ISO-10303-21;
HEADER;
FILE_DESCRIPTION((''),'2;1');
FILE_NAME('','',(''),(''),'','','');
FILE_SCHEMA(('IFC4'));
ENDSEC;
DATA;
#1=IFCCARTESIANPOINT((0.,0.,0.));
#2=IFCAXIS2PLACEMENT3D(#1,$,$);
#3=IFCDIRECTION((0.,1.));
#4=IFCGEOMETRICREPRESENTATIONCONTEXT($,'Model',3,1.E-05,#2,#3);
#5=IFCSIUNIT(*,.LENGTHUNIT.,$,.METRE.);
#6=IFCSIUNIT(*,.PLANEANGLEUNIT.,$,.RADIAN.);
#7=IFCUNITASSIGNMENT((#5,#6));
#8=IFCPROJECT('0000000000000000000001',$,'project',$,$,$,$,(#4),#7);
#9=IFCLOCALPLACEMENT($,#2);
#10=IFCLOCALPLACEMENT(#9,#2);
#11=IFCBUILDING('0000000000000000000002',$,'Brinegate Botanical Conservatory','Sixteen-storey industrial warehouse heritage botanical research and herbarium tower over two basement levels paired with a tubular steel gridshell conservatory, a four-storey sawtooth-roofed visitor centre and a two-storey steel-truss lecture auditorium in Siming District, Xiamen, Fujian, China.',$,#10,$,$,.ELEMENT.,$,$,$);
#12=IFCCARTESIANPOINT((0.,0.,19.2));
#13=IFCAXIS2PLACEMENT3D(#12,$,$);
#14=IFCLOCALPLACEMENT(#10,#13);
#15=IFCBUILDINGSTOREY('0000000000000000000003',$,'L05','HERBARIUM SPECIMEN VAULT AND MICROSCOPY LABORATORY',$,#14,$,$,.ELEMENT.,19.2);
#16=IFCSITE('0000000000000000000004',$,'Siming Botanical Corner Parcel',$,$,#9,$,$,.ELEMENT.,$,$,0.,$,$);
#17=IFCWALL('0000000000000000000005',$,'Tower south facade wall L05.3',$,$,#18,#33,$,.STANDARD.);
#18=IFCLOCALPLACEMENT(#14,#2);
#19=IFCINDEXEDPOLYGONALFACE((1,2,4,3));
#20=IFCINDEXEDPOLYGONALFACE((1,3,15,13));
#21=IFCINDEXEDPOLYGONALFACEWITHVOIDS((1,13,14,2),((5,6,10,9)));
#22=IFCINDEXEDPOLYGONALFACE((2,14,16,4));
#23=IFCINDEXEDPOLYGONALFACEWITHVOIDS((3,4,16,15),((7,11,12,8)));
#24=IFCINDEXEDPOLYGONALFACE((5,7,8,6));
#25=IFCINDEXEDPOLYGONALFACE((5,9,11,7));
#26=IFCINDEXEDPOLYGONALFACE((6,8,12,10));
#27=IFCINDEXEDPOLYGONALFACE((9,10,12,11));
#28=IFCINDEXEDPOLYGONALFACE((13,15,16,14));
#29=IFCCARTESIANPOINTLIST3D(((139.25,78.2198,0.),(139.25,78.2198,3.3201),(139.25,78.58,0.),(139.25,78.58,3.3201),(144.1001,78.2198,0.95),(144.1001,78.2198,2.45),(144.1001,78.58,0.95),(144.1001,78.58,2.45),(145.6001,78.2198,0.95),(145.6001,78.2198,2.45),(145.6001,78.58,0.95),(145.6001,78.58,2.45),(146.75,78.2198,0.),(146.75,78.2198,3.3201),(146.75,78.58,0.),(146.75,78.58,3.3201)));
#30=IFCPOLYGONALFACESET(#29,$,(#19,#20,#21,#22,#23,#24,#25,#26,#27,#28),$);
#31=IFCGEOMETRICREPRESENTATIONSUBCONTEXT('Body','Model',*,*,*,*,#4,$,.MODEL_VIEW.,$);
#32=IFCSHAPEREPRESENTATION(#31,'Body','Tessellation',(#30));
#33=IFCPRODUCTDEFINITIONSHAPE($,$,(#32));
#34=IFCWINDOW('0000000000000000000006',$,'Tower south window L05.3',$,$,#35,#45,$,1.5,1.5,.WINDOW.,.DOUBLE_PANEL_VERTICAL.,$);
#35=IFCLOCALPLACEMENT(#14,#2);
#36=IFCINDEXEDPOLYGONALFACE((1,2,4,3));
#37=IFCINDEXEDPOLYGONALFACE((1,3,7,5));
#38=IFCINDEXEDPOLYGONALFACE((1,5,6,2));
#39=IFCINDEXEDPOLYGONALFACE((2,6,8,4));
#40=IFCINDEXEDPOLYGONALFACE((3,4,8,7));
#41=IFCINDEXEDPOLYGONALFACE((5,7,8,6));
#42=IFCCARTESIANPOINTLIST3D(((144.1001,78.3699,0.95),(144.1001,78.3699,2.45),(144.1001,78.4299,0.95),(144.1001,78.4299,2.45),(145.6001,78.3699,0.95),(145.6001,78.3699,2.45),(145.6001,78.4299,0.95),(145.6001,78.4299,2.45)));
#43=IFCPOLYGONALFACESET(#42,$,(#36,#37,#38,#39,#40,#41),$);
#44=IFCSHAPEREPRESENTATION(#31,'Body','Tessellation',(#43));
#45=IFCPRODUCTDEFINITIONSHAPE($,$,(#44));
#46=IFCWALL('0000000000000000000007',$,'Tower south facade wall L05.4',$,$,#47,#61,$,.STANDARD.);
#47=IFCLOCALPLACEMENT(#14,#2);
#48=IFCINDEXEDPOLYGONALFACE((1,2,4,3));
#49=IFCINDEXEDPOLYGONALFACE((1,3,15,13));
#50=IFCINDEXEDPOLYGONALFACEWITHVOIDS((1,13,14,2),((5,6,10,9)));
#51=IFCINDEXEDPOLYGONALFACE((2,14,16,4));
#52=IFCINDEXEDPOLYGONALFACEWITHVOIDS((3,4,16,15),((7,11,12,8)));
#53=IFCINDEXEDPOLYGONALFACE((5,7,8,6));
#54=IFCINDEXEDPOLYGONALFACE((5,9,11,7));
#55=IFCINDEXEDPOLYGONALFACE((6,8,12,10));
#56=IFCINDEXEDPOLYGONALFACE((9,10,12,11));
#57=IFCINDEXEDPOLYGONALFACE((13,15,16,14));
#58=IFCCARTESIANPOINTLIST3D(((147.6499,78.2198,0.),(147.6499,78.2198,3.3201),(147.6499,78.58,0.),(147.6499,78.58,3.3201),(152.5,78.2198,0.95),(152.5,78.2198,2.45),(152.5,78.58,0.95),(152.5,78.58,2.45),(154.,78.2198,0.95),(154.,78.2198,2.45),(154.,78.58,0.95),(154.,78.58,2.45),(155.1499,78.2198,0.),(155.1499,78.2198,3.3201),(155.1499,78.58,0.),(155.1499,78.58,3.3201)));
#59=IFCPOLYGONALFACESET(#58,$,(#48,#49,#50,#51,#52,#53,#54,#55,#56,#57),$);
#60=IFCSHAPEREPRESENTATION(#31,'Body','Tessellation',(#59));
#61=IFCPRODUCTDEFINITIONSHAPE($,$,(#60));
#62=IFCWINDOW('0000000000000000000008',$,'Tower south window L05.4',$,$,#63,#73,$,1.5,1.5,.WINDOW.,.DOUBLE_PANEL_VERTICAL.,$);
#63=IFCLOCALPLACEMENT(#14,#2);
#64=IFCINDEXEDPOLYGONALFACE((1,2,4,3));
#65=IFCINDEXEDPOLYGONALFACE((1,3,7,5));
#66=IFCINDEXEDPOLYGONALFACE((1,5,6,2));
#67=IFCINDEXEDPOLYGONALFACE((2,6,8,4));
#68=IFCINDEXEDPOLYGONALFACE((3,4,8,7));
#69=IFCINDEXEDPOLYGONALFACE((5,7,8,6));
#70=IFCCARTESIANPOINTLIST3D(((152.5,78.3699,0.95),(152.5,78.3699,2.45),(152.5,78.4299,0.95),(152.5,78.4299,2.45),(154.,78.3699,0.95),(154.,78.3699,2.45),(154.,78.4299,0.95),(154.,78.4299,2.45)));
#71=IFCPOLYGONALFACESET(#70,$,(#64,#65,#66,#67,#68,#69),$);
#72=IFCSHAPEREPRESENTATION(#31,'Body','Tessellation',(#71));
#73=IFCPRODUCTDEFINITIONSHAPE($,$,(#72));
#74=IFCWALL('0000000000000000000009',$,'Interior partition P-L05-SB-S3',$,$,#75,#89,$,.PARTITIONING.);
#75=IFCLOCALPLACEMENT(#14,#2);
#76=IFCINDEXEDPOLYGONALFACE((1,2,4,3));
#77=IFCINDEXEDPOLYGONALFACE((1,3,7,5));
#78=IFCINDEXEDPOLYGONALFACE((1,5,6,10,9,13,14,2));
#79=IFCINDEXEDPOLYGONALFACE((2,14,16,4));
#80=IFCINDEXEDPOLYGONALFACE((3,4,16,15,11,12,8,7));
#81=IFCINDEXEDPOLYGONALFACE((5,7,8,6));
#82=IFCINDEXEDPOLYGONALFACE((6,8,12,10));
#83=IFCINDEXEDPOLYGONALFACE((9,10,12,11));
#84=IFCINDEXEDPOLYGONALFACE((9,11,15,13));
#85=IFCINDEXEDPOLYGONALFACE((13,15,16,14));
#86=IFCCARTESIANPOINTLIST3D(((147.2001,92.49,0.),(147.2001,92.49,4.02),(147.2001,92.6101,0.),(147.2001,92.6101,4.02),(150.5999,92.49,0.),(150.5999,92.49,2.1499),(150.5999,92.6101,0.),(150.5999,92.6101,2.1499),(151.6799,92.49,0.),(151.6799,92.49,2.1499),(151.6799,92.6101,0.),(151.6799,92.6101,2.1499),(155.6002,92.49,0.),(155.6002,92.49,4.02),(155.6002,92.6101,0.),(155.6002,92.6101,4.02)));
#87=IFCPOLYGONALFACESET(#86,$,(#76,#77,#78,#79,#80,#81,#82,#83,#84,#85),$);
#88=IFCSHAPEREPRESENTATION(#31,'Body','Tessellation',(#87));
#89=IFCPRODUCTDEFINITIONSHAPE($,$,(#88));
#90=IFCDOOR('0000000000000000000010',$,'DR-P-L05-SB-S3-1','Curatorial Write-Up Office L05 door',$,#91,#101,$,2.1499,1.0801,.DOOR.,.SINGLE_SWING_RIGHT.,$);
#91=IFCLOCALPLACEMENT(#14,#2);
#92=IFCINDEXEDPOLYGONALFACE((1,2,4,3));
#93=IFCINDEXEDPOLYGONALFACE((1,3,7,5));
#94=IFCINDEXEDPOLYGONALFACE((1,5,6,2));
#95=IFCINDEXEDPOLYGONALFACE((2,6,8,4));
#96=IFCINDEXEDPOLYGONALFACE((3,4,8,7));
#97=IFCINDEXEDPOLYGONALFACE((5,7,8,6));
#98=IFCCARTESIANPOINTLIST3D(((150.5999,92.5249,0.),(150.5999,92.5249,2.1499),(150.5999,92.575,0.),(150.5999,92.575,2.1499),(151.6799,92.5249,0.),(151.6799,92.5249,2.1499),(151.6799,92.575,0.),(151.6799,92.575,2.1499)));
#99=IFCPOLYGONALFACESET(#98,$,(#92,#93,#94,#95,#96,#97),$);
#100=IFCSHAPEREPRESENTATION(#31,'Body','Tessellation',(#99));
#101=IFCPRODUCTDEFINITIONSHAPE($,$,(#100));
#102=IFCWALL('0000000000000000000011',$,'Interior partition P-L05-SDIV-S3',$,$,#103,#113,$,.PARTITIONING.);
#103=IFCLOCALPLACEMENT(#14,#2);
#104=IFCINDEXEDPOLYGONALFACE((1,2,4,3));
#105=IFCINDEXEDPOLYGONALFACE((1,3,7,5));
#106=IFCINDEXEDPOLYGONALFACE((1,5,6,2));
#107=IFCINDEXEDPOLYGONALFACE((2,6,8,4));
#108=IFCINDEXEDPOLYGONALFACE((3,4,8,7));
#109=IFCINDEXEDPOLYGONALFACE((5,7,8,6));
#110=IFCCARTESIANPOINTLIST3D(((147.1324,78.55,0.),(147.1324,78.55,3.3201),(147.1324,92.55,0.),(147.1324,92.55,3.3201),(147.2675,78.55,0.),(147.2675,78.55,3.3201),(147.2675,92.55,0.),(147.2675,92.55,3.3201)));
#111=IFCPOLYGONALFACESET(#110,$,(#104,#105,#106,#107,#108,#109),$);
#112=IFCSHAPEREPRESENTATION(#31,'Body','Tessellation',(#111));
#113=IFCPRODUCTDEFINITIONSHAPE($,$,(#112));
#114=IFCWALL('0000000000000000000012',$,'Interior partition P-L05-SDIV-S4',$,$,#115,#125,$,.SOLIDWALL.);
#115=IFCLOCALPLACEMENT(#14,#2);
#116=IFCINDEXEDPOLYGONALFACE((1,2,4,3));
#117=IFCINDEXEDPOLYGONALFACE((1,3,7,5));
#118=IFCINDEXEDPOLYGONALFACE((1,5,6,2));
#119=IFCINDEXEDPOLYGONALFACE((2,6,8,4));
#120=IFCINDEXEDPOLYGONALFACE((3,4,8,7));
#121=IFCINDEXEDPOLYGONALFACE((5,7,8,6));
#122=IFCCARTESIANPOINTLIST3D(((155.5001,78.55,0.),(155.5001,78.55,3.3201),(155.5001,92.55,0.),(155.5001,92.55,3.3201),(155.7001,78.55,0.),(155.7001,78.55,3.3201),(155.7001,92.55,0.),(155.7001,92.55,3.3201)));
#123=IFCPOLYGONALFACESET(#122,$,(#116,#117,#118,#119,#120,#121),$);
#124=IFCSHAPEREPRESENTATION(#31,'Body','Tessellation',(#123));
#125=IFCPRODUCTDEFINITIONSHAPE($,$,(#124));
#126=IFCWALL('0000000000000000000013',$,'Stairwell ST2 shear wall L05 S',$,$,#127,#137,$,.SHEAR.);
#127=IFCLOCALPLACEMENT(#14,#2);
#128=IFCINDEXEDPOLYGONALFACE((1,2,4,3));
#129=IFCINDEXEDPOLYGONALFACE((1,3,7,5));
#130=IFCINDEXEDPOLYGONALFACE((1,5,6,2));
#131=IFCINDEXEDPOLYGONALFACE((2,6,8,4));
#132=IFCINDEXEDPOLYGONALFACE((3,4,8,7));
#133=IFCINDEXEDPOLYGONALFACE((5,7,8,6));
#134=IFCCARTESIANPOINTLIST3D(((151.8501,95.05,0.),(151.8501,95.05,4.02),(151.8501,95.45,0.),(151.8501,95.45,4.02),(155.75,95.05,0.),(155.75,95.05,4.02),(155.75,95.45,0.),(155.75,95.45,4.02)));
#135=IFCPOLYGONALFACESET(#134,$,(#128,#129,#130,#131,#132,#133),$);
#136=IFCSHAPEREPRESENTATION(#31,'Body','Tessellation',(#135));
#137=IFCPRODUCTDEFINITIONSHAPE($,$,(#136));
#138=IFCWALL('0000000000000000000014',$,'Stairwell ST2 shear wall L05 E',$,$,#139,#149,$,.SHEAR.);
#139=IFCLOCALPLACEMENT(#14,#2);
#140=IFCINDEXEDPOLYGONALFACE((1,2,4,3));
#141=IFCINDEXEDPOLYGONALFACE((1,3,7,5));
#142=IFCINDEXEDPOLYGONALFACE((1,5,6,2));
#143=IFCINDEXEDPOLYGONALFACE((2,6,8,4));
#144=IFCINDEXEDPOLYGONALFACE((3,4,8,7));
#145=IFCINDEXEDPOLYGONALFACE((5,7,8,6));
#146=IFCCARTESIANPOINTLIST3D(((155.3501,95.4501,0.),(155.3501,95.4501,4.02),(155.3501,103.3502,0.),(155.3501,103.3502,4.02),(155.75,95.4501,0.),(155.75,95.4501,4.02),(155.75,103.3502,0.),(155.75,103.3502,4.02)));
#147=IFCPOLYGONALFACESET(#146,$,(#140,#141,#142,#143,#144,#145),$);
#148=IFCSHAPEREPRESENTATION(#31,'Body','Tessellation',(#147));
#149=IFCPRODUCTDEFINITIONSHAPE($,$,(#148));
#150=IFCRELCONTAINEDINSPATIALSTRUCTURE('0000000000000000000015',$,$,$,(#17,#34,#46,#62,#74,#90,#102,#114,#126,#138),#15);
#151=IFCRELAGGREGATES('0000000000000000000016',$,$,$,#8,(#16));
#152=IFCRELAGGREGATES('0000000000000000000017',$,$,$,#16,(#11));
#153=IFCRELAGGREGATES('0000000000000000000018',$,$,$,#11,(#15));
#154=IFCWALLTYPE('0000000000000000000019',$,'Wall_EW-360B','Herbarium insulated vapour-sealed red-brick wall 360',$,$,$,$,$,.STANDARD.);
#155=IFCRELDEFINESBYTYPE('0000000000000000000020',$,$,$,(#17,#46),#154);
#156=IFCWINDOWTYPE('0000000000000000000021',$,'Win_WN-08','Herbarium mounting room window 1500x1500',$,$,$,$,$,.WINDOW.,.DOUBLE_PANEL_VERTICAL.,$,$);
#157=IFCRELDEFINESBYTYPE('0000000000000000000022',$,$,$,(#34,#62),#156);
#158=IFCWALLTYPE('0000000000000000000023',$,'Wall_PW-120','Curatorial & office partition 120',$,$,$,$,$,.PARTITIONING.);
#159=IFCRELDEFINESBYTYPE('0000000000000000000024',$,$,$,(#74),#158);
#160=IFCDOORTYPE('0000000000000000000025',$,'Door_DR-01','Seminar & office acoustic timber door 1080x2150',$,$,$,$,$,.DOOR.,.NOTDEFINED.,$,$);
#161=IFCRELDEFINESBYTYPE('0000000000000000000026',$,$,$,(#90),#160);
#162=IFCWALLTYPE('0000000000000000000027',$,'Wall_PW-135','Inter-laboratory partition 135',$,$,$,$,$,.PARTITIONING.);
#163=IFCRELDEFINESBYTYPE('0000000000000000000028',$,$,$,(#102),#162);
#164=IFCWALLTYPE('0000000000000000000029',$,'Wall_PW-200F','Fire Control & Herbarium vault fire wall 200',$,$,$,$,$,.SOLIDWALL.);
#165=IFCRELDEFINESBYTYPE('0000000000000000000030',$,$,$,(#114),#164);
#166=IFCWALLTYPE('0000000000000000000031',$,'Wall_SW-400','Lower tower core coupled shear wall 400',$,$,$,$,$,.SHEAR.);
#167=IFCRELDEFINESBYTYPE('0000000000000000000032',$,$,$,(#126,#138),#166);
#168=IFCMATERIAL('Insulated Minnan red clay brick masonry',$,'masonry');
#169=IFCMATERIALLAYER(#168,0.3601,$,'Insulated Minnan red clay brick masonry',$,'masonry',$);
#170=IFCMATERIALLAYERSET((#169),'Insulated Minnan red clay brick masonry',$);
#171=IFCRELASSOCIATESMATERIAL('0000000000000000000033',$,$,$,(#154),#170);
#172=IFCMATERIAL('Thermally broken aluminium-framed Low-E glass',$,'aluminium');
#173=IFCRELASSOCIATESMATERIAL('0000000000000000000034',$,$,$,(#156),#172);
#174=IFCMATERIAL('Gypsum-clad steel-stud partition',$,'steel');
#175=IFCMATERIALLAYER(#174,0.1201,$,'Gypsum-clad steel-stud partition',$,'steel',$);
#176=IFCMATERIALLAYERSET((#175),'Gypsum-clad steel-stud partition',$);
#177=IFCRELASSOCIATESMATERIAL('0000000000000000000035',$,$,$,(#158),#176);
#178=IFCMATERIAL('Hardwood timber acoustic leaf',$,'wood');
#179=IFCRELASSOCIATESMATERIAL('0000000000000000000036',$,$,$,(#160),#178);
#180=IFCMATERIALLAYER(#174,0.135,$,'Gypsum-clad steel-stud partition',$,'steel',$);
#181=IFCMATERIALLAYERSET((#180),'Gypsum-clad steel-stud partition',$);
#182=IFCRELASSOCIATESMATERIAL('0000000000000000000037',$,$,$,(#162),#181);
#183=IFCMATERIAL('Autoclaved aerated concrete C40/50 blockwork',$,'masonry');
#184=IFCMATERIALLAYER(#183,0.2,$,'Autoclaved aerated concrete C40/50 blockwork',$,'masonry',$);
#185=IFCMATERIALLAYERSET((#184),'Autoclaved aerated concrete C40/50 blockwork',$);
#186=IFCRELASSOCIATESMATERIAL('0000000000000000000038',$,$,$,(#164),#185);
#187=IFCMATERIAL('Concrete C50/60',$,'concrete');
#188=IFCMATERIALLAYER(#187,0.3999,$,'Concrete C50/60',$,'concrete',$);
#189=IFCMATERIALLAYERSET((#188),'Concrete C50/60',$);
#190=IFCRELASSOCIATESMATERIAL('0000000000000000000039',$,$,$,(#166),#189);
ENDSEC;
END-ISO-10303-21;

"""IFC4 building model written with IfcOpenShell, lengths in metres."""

from ifc_helpers import new_model, si_unit, direction, frame, frame_2d, origin, place, context, subcontext, project, spatial, rectangle, extrude, material, layer, layer_set, type_object, element, fill, save


model = new_model("IFC4")

# Units and contexts
model_context = context("Model", 3, precision=1e-05, world=origin(), true_north=direction((0.0, 1.0)))
body_context = subcontext(model_context, "Body", "Model", "MODEL_VIEW")
ifc_project = project(units=[si_unit("LENGTHUNIT", "METRE"), si_unit("PLANEANGLEUNIT", "RADIAN")], contexts=[model_context])

# Site, building, storey
site_placement = place(None, origin())
site = spatial("IfcSite", under=ifc_project, at=site_placement, Name="Siming Botanical Corner Parcel", CompositionType="ELEMENT", RefElevation=0.0)
building_placement = place(site_placement, origin())
building = spatial("IfcBuilding", under=site, at=building_placement, Name="Brinegate Botanical Conservatory", Description="Sixteen-storey industrial warehouse heritage botanical research and herbarium tower over two basement levels paired with a tubular steel gridshell conservatory, a four-storey sawtooth-roofed visitor centre and a two-storey steel-truss lecture auditorium in Siming District, Xiamen, Fujian, China.", CompositionType="ELEMENT")
storey_placement = place(building_placement, frame((0.0, 0.0, 19.2)))
storey = spatial("IfcBuildingStorey", under=building, at=storey_placement, Name="L05", Description="HERBARIUM SPECIMEN VAULT AND MICROSCOPY LABORATORY", CompositionType="ELEMENT", Elevation=19.2)

# Shared definitions
ifc_material_1 = material(Name="Concrete C50/60", Category="concrete")

# Walls, openings, windows
ifc_material_2 = material(Name="Insulated Minnan red clay brick masonry", Category="masonry")
ifc_layer_1 = layer(ifc_material_2, 0.3601, Name="Insulated Minnan red clay brick masonry", Category="masonry")
ifc_layer_set_1 = layer_set([ifc_layer_1], Name="Insulated Minnan red clay brick masonry")
wall_type_1 = type_object("IfcWallType", Name="Wall_EW-360B", Description="Herbarium insulated vapour-sealed red-brick wall 360", PredefinedType="STANDARD", material=ifc_layer_set_1)
wall_1_placement = place(storey_placement, frame((146.75, 78.3999, 0.0), z_axis=(0.0, 0.0, 1.0), x_axis=(-1.0, 0.0, 0.0)))
wall_1 = element("IfcWall", 1, at=wall_1_placement, inside=storey, type_object=wall_type_1, Name="Tower south facade wall L05.3", PredefinedType="STANDARD", context=body_context, shape_type="SweptSolid", body=[
    extrude(rectangle(XDim=7.5, YDim=0.3601, at=frame_2d((3.75, 0.0))), origin(), (0.0, 0.0, 1.0), 3.3201),
])
opening_1_placement = place(wall_1_placement, frame((1.1499, 0.0, 0.95)))
opening_1 = element("IfcOpeningElement", 2, at=opening_1_placement, cuts=wall_1, PredefinedType="OPENING", context=body_context, shape_type="SweptSolid", body=[
    extrude(rectangle(XDim=1.5, YDim=1.5, at=frame_2d((0.75, 0.75))), frame((0.0, 0.1899, 0.0), z_axis=(0.0, -1.0, 0.0), x_axis=(1.0, 0.0, 0.0)), (0.0, 0.0, 1.0), 0.3801),
])
ifc_material_3 = material(Name="Thermally broken aluminium-framed Low-E glass", Category="aluminium")
window_type = type_object("IfcWindowType", Name="Win_WN-08", Description="Herbarium mounting room window 1500x1500", PartitioningType="DOUBLE_PANEL_VERTICAL", PredefinedType="WINDOW", material=ifc_material_3)
window_1_placement = place(opening_1_placement, origin())
window_1 = element("IfcWindow", 3, at=window_1_placement, inside=storey, type_object=window_type, Name="Tower south window L05.3", OverallHeight=1.5, OverallWidth=1.5, PartitioningType="DOUBLE_PANEL_VERTICAL", PredefinedType="WINDOW", context=body_context, shape_type="SweptSolid", body=[
    extrude(rectangle(XDim=1.5, YDim=1.5, at=frame_2d((0.75, 0.75))), frame((0.0, 0.03, 0.0), z_axis=(0.0, -1.0, 0.0), x_axis=(1.0, 0.0, 0.0)), (0.0, 0.0, 1.0), 0.0601),
])
fill(opening_1, window_1)
wall_2_placement = place(storey_placement, frame((155.1499, 78.3999, 0.0), z_axis=(0.0, 0.0, 1.0), x_axis=(-1.0, 0.0, 0.0)))
wall_2 = element("IfcWall", 4, at=wall_2_placement, inside=storey, type_object=wall_type_1, Name="Tower south facade wall L05.4", PredefinedType="STANDARD", context=body_context, shape_type="SweptSolid", body=[
    extrude(rectangle(XDim=7.5, YDim=0.3601, at=frame_2d((3.75, 0.0))), origin(), (0.0, 0.0, 1.0), 3.3201),
])
opening_2_placement = place(wall_2_placement, frame((1.1499, 0.0, 0.95)))
opening_2 = element("IfcOpeningElement", 5, at=opening_2_placement, cuts=wall_2, PredefinedType="OPENING", context=body_context, shape_type="SweptSolid", body=[
    extrude(rectangle(XDim=1.5, YDim=1.5, at=frame_2d((0.75, 0.75))), frame((0.0, 0.1899, 0.0), z_axis=(0.0, -1.0, 0.0), x_axis=(1.0, 0.0, 0.0)), (0.0, 0.0, 1.0), 0.3801),
])
window_2_placement = place(opening_2_placement, origin())
window_2 = element("IfcWindow", 6, at=window_2_placement, inside=storey, type_object=window_type, Name="Tower south window L05.4", OverallHeight=1.5, OverallWidth=1.5, PartitioningType="DOUBLE_PANEL_VERTICAL", PredefinedType="WINDOW", context=body_context, shape_type="SweptSolid", body=[
    extrude(rectangle(XDim=1.5, YDim=1.5, at=frame_2d((0.75, 0.75))), frame((0.0, 0.03, 0.0), z_axis=(0.0, -1.0, 0.0), x_axis=(1.0, 0.0, 0.0)), (0.0, 0.0, 1.0), 0.0601),
])
fill(opening_2, window_2)

# Wall, opening, door
ifc_material_4 = material(Name="Gypsum-clad steel-stud partition", Category="steel")
ifc_layer_2 = layer(ifc_material_4, 0.1201, Name="Gypsum-clad steel-stud partition", Category="steel")
ifc_layer_set_2 = layer_set([ifc_layer_2], Name="Gypsum-clad steel-stud partition")
wall_type_2 = type_object("IfcWallType", Name="Wall_PW-120", Description="Curatorial & office partition 120", PredefinedType="PARTITIONING", material=ifc_layer_set_2)
wall_3_placement = place(storey_placement, frame((147.2, 92.55, 0.0), z_axis=(0.0, 0.0, 1.0), x_axis=(1.0, 0.0, 0.0)))
wall_3 = element("IfcWall", 7, at=wall_3_placement, inside=storey, type_object=wall_type_2, Name="Interior partition P-L05-SB-S3", PredefinedType="PARTITIONING", context=body_context, shape_type="SweptSolid", body=[
    extrude(rectangle(XDim=8.4001, YDim=0.1201, at=frame_2d((4.2002, 0.0))), origin(), (0.0, 0.0, 1.0), 4.02),
])
opening_3_placement = place(wall_3_placement, frame((3.3999, 0.0, 0.0)))
opening_3 = element("IfcOpeningElement", 8, at=opening_3_placement, cuts=wall_3, PredefinedType="OPENING", context=body_context, shape_type="SweptSolid", body=[
    extrude(rectangle(XDim=1.0801, YDim=2.1499, at=frame_2d((0.54, 1.075))), frame((0.0, 0.0701, 0.0), z_axis=(0.0, -1.0, 0.0), x_axis=(1.0, 0.0, 0.0)), (0.0, 0.0, 1.0), 0.1401),
])
ifc_material_5 = material(Name="Hardwood timber acoustic leaf", Category="wood")
door_type_1 = type_object("IfcDoorType", Name="Door_DR-01", Description="Seminar & office acoustic timber door 1080x2150", OperationType="NOTDEFINED", PredefinedType="DOOR", material=ifc_material_5)
door_1_placement = place(opening_3_placement, origin())
door_1 = element("IfcDoor", 9, at=door_1_placement, inside=storey, type_object=door_type_1, Name="DR-P-L05-SB-S3-1", Description="Curatorial Write-Up Office L05 door", OperationType="SINGLE_SWING_RIGHT", OverallHeight=2.1499, OverallWidth=1.0801, PredefinedType="DOOR", context=body_context, shape_type="SweptSolid", body=[
    extrude(rectangle(XDim=1.0801, YDim=2.1499, at=frame_2d((0.54, 1.075))), frame((0.0, 0.0249, 0.0), z_axis=(0.0, -1.0, 0.0), x_axis=(1.0, 0.0, 0.0)), (0.0, 0.0, 1.0), 0.05),
])
fill(opening_3, door_1)

# Wall
ifc_layer_3 = layer(ifc_material_4, 0.135, Name="Gypsum-clad steel-stud partition", Category="steel")
ifc_layer_set_3 = layer_set([ifc_layer_3], Name="Gypsum-clad steel-stud partition")
wall_type_3 = type_object("IfcWallType", Name="Wall_PW-135", Description="Inter-laboratory partition 135", PredefinedType="PARTITIONING", material=ifc_layer_set_3)
wall_4_placement = place(storey_placement, frame((147.2, 78.55, 0.0), z_axis=(0.0, 0.0, 1.0), x_axis=(0.0, 1.0, 0.0)))
element("IfcWall", 10, at=wall_4_placement, inside=storey, type_object=wall_type_3, Name="Interior partition P-L05-SDIV-S3", PredefinedType="PARTITIONING", context=body_context, shape_type="SweptSolid", body=[
    extrude(rectangle(XDim=14.0, YDim=0.135, at=frame_2d((7.0, 0.0))), origin(), (0.0, 0.0, 1.0), 3.3201),
])

# Shared definitions
ifc_material_6 = material(Name="Autoclaved aerated concrete C40/50 blockwork", Category="masonry")

# Wall
ifc_layer_4 = layer(ifc_material_6, 0.2, Name="Autoclaved aerated concrete C40/50 blockwork", Category="masonry")
ifc_layer_set_4 = layer_set([ifc_layer_4], Name="Autoclaved aerated concrete C40/50 blockwork")
wall_type_4 = type_object("IfcWallType", Name="Wall_PW-200F", Description="Fire Control & Herbarium vault fire wall 200", PredefinedType="SOLIDWALL", material=ifc_layer_set_4)
wall_5_placement = place(storey_placement, frame((155.6001, 78.55, 0.0), z_axis=(0.0, 0.0, 1.0), x_axis=(0.0, 1.0, 0.0)))
element("IfcWall", 11, at=wall_5_placement, inside=storey, type_object=wall_type_4, Name="Interior partition P-L05-SDIV-S4", PredefinedType="SOLIDWALL", context=body_context, shape_type="SweptSolid", body=[
    extrude(rectangle(XDim=14.0, YDim=0.2, at=frame_2d((7.0, 0.0))), origin(), (0.0, 0.0, 1.0), 3.3201),
])

# Shared definitions
ifc_layer_5 = layer(ifc_material_1, 0.3999, Name="Concrete C50/60", Category="concrete")
ifc_layer_set_5 = layer_set([ifc_layer_5], Name="Concrete C50/60")
wall_type_5 = type_object("IfcWallType", Name="Wall_SW-400", Description="Lower tower core coupled shear wall 400", PredefinedType="SHEAR", material=ifc_layer_set_5)

# Wall
wall_6_placement = place(storey_placement, frame((151.8501, 95.25, 0.0), z_axis=(0.0, 0.0, 1.0), x_axis=(1.0, 0.0, 0.0)))
element("IfcWall", 12, at=wall_6_placement, inside=storey, type_object=wall_type_5, Name="Stairwell ST2 shear wall L05 S", PredefinedType="SHEAR", context=body_context, shape_type="SweptSolid", body=[
    extrude(rectangle(XDim=3.8999, YDim=0.3999, at=frame_2d((1.95, 0.0))), origin(), (0.0, 0.0, 1.0), 4.02),
])

# Wall
wall_7_placement = place(storey_placement, frame((155.55, 95.45, 0.0), z_axis=(0.0, 0.0, 1.0), x_axis=(0.0, 1.0, 0.0)))
element("IfcWall", 13, at=wall_7_placement, inside=storey, type_object=wall_type_5, Name="Stairwell ST2 shear wall L05 E", PredefinedType="SHEAR", context=body_context, shape_type="SweptSolid", body=[
    extrude(rectangle(XDim=7.9001, YDim=0.3999, at=frame_2d((3.9502, 0.0))), origin(), (0.0, 0.0, 1.0), 4.02),
])

save(model, "model.ifc")
